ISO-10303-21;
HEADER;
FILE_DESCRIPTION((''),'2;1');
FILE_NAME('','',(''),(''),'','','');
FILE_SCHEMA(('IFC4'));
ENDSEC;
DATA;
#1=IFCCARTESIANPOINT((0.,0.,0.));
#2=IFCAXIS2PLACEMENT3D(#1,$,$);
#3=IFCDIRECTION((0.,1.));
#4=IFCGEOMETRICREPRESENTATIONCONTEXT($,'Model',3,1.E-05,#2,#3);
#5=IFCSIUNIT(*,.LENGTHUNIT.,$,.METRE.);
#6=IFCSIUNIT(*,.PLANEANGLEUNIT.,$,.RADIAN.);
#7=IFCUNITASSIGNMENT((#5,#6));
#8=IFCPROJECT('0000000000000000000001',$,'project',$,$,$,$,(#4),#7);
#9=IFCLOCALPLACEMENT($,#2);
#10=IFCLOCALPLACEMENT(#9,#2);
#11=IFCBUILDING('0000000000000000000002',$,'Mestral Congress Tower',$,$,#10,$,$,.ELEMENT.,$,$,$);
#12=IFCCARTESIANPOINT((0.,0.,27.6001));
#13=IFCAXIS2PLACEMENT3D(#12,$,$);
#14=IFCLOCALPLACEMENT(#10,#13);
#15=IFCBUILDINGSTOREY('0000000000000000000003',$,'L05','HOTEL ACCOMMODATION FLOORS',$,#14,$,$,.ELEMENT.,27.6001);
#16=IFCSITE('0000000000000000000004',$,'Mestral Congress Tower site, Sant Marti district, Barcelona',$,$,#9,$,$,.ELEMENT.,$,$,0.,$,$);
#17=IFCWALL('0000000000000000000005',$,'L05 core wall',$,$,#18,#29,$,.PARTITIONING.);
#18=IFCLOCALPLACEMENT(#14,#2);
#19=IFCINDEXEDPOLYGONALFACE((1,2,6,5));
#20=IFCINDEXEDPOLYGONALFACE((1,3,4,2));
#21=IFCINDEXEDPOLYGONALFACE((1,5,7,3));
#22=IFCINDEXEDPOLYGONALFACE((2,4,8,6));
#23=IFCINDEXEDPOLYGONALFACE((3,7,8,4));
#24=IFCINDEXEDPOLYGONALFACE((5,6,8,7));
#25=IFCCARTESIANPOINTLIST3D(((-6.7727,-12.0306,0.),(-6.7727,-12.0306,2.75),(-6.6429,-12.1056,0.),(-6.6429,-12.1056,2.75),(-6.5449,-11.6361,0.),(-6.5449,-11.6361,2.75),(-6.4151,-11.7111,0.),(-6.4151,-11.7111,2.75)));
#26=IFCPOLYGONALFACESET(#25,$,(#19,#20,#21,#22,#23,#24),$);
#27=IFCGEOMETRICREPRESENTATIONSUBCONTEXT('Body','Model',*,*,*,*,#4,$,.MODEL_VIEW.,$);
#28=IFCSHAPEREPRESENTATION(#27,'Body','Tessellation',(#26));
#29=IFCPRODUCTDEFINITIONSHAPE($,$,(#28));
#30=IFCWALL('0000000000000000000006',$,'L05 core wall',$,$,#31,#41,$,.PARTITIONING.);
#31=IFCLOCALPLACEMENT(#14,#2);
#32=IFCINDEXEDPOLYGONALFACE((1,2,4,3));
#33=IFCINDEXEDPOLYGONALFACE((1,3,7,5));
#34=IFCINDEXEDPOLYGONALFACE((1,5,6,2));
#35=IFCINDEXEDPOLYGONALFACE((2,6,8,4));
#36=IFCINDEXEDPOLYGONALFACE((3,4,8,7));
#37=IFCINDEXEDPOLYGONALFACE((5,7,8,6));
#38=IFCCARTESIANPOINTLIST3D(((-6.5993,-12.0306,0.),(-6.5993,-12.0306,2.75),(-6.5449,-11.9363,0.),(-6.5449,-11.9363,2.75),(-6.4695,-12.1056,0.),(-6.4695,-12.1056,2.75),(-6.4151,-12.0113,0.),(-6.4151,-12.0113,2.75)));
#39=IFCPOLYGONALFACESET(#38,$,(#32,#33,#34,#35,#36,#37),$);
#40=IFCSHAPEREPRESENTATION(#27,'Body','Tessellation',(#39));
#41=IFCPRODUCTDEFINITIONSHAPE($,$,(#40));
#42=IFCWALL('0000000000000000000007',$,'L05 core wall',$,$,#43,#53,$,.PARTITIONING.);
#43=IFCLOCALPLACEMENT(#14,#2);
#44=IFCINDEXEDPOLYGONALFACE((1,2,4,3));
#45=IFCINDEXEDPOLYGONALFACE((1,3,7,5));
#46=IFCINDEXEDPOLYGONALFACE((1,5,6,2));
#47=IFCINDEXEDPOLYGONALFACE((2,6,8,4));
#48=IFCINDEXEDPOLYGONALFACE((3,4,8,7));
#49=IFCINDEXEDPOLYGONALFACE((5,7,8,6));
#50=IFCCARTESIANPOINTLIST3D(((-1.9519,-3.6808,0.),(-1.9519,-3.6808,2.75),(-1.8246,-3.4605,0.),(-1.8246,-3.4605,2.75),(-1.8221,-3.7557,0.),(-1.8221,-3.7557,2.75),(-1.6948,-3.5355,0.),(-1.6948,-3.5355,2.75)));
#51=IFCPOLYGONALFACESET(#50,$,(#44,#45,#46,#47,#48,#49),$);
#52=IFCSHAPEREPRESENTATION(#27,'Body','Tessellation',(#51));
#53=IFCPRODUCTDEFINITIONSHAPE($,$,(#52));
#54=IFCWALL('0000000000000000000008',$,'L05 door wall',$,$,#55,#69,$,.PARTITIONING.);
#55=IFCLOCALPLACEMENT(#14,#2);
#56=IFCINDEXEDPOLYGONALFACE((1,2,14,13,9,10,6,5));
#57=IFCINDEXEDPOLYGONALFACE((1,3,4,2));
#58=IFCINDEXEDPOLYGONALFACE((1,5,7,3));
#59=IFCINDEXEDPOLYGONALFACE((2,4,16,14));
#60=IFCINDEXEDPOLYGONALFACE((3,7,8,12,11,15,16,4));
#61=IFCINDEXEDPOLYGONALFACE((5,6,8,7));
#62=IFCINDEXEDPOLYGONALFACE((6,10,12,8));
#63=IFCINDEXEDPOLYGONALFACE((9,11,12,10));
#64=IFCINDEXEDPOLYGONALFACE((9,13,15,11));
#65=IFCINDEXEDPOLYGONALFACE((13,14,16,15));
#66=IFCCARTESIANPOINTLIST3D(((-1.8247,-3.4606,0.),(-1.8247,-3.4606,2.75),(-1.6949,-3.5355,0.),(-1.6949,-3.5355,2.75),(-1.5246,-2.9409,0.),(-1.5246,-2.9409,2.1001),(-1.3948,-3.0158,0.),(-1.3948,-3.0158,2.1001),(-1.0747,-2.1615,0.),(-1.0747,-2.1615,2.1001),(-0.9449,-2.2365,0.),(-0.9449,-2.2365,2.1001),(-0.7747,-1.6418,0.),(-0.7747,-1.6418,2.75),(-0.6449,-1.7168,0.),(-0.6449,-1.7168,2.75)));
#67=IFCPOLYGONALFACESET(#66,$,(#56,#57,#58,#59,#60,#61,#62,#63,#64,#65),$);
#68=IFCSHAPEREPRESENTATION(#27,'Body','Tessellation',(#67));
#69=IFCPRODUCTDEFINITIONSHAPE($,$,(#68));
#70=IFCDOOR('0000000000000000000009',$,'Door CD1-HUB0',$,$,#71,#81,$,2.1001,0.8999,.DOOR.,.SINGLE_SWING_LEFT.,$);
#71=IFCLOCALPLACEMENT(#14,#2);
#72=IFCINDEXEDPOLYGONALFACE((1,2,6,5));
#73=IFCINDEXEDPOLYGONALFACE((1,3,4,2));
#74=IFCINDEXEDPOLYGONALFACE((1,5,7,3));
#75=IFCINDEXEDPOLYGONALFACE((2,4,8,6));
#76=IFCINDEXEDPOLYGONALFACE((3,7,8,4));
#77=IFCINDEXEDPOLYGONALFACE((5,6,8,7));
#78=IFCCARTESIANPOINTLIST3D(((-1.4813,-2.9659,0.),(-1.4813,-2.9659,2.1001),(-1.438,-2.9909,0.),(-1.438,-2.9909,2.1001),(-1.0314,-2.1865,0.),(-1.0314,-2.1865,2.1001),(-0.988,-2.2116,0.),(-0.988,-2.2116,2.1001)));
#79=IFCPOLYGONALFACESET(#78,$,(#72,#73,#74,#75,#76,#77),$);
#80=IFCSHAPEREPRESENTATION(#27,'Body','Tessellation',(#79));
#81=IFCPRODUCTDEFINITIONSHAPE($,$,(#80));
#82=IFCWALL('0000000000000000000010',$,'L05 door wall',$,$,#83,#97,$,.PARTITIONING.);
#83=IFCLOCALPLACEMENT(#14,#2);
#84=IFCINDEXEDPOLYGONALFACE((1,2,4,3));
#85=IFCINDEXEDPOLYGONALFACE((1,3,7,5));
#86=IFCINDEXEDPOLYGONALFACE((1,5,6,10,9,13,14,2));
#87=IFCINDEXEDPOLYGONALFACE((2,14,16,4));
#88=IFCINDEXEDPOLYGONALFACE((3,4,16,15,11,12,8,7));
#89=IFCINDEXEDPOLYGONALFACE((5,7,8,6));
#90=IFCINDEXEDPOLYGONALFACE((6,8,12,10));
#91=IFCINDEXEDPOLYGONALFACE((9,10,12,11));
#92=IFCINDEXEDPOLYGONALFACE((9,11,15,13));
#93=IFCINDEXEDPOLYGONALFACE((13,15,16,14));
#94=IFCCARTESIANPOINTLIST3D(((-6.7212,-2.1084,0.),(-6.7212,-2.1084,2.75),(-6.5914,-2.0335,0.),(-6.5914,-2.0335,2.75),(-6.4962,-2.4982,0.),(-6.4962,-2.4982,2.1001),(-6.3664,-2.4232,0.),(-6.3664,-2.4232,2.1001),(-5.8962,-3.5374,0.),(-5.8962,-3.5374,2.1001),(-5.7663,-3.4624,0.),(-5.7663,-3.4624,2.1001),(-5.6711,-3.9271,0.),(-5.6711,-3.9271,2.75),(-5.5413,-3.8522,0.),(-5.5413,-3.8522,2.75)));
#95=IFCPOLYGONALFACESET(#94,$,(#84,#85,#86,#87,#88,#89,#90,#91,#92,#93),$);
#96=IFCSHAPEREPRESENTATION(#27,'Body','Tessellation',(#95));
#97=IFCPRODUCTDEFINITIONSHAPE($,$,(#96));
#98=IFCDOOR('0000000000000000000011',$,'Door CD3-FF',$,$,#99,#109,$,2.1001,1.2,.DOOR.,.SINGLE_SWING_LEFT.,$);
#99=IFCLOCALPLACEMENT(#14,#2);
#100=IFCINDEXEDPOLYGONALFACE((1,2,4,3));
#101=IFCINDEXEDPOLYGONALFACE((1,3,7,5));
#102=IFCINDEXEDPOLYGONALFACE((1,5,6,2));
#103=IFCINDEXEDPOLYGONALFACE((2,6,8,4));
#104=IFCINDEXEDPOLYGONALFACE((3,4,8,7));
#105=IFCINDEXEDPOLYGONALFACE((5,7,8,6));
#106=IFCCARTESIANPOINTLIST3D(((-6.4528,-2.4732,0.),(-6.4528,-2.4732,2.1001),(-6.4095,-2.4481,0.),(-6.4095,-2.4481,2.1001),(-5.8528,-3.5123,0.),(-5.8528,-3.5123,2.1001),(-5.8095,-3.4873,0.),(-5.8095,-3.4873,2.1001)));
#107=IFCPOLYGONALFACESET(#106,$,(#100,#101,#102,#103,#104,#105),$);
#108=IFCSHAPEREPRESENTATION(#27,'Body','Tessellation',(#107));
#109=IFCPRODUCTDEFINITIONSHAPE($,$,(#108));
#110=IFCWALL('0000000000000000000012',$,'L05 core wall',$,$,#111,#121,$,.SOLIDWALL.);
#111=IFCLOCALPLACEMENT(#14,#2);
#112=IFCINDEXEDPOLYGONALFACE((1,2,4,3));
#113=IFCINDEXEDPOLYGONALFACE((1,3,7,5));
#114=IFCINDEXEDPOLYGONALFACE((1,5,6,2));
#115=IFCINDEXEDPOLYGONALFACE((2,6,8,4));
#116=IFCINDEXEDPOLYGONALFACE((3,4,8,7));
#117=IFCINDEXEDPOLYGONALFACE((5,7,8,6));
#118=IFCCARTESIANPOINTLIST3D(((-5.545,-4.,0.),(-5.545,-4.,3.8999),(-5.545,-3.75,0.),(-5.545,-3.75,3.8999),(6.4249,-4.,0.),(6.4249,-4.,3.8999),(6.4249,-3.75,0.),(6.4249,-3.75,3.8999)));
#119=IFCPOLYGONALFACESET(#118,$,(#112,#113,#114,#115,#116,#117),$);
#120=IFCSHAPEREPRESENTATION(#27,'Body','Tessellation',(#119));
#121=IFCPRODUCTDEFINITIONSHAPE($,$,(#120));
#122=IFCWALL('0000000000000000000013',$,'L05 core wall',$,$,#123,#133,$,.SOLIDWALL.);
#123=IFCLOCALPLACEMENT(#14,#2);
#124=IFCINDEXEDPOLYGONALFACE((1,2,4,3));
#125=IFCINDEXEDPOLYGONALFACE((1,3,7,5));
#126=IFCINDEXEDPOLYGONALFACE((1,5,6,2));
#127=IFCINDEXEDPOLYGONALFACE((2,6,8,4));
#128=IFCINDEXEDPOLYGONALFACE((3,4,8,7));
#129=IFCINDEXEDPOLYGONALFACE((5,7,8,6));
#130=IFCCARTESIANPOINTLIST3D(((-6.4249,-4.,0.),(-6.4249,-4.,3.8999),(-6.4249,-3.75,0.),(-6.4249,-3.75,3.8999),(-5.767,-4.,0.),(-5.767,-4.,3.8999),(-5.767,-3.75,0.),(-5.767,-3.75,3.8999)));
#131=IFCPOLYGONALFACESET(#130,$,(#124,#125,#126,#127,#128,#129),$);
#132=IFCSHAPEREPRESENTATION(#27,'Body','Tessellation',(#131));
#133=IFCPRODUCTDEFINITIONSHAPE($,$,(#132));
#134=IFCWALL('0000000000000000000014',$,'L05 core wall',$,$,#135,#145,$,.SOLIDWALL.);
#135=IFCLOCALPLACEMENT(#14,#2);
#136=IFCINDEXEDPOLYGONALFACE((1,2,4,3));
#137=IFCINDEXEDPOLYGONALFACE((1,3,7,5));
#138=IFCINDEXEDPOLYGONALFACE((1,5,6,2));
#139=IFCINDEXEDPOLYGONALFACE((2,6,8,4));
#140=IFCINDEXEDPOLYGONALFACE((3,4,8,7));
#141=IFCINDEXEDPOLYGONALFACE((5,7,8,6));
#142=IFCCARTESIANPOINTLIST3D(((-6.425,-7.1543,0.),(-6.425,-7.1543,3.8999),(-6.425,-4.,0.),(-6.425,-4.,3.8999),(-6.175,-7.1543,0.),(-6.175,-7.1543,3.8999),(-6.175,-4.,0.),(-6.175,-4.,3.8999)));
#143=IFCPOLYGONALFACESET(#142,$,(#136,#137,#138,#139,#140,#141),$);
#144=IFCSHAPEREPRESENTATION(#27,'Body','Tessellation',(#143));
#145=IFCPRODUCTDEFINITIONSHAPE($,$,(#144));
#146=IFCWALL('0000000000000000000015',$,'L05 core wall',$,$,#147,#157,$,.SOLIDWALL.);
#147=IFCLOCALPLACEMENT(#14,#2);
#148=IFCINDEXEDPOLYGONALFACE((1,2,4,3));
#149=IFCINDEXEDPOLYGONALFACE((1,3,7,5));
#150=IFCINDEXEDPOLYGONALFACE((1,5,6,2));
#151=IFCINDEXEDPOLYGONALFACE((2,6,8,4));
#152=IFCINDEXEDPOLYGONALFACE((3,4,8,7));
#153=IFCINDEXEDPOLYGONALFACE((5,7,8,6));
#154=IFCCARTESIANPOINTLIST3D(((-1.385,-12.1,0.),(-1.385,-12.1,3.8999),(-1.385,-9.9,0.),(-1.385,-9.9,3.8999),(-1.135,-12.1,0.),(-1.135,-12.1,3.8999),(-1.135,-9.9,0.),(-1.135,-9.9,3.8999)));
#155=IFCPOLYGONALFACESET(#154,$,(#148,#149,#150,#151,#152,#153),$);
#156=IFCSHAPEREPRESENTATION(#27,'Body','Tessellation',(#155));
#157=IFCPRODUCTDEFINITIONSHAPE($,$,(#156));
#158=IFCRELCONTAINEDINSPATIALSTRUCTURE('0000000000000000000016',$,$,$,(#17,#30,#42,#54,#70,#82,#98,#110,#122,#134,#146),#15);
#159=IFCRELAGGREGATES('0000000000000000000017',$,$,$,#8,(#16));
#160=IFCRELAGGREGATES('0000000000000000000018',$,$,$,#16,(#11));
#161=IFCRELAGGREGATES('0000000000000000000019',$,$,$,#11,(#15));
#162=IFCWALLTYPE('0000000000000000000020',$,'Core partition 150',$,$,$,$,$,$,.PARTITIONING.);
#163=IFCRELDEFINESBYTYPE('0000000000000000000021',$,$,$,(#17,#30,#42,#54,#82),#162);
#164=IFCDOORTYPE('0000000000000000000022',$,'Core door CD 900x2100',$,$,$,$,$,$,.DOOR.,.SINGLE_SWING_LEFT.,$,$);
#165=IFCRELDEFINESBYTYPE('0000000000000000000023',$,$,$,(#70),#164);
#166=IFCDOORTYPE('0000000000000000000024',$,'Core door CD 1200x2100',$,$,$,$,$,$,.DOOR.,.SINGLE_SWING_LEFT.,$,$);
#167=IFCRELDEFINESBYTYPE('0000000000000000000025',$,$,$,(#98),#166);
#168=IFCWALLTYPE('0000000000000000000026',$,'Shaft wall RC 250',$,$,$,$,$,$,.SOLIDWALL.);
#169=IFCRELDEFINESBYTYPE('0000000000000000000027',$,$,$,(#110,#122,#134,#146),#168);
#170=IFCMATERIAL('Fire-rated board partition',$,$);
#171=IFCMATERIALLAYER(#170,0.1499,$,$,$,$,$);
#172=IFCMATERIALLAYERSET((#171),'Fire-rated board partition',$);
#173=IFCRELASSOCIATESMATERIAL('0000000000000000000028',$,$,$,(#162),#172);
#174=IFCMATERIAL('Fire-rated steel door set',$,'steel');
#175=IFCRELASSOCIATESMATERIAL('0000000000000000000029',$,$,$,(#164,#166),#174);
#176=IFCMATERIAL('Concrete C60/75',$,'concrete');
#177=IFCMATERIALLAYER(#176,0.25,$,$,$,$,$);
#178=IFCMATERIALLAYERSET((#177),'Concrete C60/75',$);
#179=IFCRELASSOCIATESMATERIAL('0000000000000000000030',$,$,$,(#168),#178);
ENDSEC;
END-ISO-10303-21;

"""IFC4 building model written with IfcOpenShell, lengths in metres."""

from ifc_helpers import new_model, si_unit, direction, frame, frame_2d, origin, place, context, subcontext, project, spatial, rectangle, extrude, material, layer, layer_set, type_object, element, fill, save


model = new_model("IFC4")

# Units and contexts
model_context = context("Model", 3, precision=1e-05, world=origin(), true_north=direction((0.0, 1.0)))
body_context = subcontext(model_context, "Body", "Model", "MODEL_VIEW")
ifc_project = project(units=[si_unit("LENGTHUNIT", "METRE"), si_unit("PLANEANGLEUNIT", "RADIAN")], contexts=[model_context])

# Site, building, storey
site_placement = place(None, origin())
site = spatial("IfcSite", under=ifc_project, at=site_placement, Name="Mestral Congress Tower site, Sant Marti district, Barcelona", CompositionType="ELEMENT", RefElevation=0.0)
building_placement = place(site_placement, origin())
building = spatial("IfcBuilding", under=site, at=building_placement, Name="Mestral Congress Tower", CompositionType="ELEMENT")
storey_placement = place(building_placement, frame((0.0, 0.0, 27.6001)))
storey = spatial("IfcBuildingStorey", under=building, at=storey_placement, Name="L05", Description="HOTEL ACCOMMODATION FLOORS", CompositionType="ELEMENT", Elevation=27.6001)

# Walls
ifc_material_1 = material(Name="Fire-rated board partition")
ifc_layer_1 = layer(ifc_material_1, 0.1499)
ifc_layer_set_1 = layer_set([ifc_layer_1], Name="Fire-rated board partition")
wall_type_1 = type_object("IfcWallType", Name="Core partition 150", PredefinedType="PARTITIONING", material=ifc_layer_set_1)
wall_1_placement = place(storey_placement, frame((-6.7078, -12.0681, 0.0), z_axis=(0.0, 0.0, 1.0), x_axis=(0.500001, 0.866025, 0.0)))
element("IfcWall", 1, at=wall_1_placement, inside=storey, type_object=wall_type_1, Name="L05 core wall", PredefinedType="PARTITIONING", context=body_context, shape_type="SweptSolid", body=[
    extrude(rectangle(XDim=0.4556, YDim=0.1499, at=frame_2d((0.2278, 0.0))), origin(), (0.0, 0.0, 1.0), 2.75),
])
wall_2_placement = place(storey_placement, frame((-6.5344, -12.0681, 0.0), z_axis=(0.0, 0.0, 1.0), x_axis=(0.50024, 0.865887, 0.0)))
element("IfcWall", 2, at=wall_2_placement, inside=storey, type_object=wall_type_1, Name="L05 core wall", PredefinedType="PARTITIONING", context=body_context, shape_type="SweptSolid", body=[
    extrude(rectangle(XDim=0.1089, YDim=0.1499, at=frame_2d((0.0544, 0.0))), origin(), (0.0, 0.0, 1.0), 2.75),
])
wall_3_placement = place(storey_placement, frame((-1.887, -3.7183, 0.0), z_axis=(0.0, 0.0, 1.0), x_axis=(0.500166, 0.86593, 0.0)))
element("IfcWall", 3, at=wall_3_placement, inside=storey, type_object=wall_type_1, Name="L05 core wall", PredefinedType="PARTITIONING", context=body_context, shape_type="SweptSolid", body=[
    extrude(rectangle(XDim=0.2544, YDim=0.1499, at=frame_2d((0.1272, 0.0))), origin(), (0.0, 0.0, 1.0), 2.75),
])

# Walls, openings, doors
wall_4_placement = place(storey_placement, frame((-1.7598, -3.498, 0.0), z_axis=(0.0, 0.0, 1.0), x_axis=(0.499977, 0.866038, 0.0)))
wall_4 = element("IfcWall", 4, at=wall_4_placement, inside=storey, type_object=wall_type_1, Name="L05 door wall", PredefinedType="PARTITIONING", context=body_context, shape_type="SweptSolid", body=[
    extrude(rectangle(XDim=2.1001, YDim=0.1499, at=frame_2d((1.05, 0.0))), origin(), (0.0, 0.0, 1.0), 2.75),
])
opening_1_placement = place(wall_4_placement, frame((0.6001, 0.0, 0.0)))
opening_1 = element("IfcOpeningElement", 5, at=opening_1_placement, cuts=wall_4, PredefinedType="OPENING", context=body_context, shape_type="SweptSolid", body=[
    extrude(rectangle(XDim=0.8999, YDim=2.1001, at=frame_2d((0.45, 1.05))), frame((0.0, 0.085, 0.0), z_axis=(0.0, -1.0, 0.0), x_axis=(1.0, 0.0, 0.0)), (0.0, 0.0, 1.0), 0.1699),
])
ifc_material_2 = material(Name="Fire-rated steel door set", Category="steel")
door_type_1 = type_object("IfcDoorType", Name="Core door CD 900x2100", OperationType="SINGLE_SWING_LEFT", PredefinedType="DOOR", material=ifc_material_2)
door_1_placement = place(opening_1_placement, origin())
door_1 = element("IfcDoor", 6, at=door_1_placement, inside=storey, type_object=door_type_1, Name="Door CD1-HUB0", OperationType="SINGLE_SWING_LEFT", OverallHeight=2.1001, OverallWidth=0.8999, PredefinedType="DOOR", context=body_context, shape_type="SweptSolid", body=[
    extrude(rectangle(XDim=0.8999, YDim=2.1001, at=frame_2d((0.45, 1.05))), frame((0.0, 0.0249, 0.0), z_axis=(0.0, -1.0, 0.0), x_axis=(1.0, 0.0, 0.0)), (0.0, 0.0, 1.0), 0.05),
])
fill(opening_1, door_1)
wall_5_placement = place(storey_placement, frame((-5.6062, -3.8896, 0.0), z_axis=(0.0, 0.0, 1.0), x_axis=(-0.500028, 0.866009, 0.0)))
wall_5 = element("IfcWall", 7, at=wall_5_placement, inside=storey, type_object=wall_type_1, Name="L05 door wall", PredefinedType="PARTITIONING", context=body_context, shape_type="SweptSolid", body=[
    extrude(rectangle(XDim=2.1001, YDim=0.1499, at=frame_2d((1.05, 0.0))), origin(), (0.0, 0.0, 1.0), 2.75),
])
opening_2_placement = place(wall_5_placement, frame((0.45, 0.0, 0.0)))
opening_2 = element("IfcOpeningElement", 8, at=opening_2_placement, cuts=wall_5, PredefinedType="OPENING", context=body_context, shape_type="SweptSolid", body=[
    extrude(rectangle(XDim=1.2, YDim=2.1001, at=frame_2d((0.6001, 1.05))), frame((0.0, 0.085, 0.0), z_axis=(0.0, -1.0, 0.0), x_axis=(1.0, 0.0, 0.0)), (0.0, 0.0, 1.0), 0.1699),
])
door_type_2 = type_object("IfcDoorType", Name="Core door CD 1200x2100", OperationType="SINGLE_SWING_LEFT", PredefinedType="DOOR", material=ifc_material_2)
door_2_placement = place(opening_2_placement, origin())
door_2 = element("IfcDoor", 9, at=door_2_placement, inside=storey, type_object=door_type_2, Name="Door CD3-FF", OperationType="SINGLE_SWING_LEFT", OverallHeight=2.1001, OverallWidth=1.2, PredefinedType="DOOR", context=body_context, shape_type="SweptSolid", body=[
    extrude(rectangle(XDim=1.2, YDim=2.1001, at=frame_2d((0.6001, 1.05))), frame((0.0, 0.0249, 0.0), z_axis=(0.0, -1.0, 0.0), x_axis=(1.0, 0.0, 0.0)), (0.0, 0.0, 1.0), 0.05),
])
fill(opening_2, door_2)

# Walls
ifc_material_3 = material(Name="Concrete C60/75", Category="concrete")
ifc_layer_2 = layer(ifc_material_3, 0.25)
ifc_layer_set_2 = layer_set([ifc_layer_2], Name="Concrete C60/75")
wall_type_2 = type_object("IfcWallType", Name="Shaft wall RC 250", PredefinedType="SOLIDWALL", material=ifc_layer_set_2)
wall_6_placement = place(storey_placement, frame((-5.5449, -3.875, 0.0), z_axis=(0.0, 0.0, 1.0), x_axis=(1.0, 0.0, 0.0)))
element("IfcWall", 10, at=wall_6_placement, inside=storey, type_object=wall_type_2, Name="L05 core wall", PredefinedType="SOLIDWALL", context=body_context, shape_type="SweptSolid", body=[
    extrude(rectangle(XDim=11.97, YDim=0.25, at=frame_2d((5.9849, 0.0))), origin(), (0.0, 0.0, 1.0), 3.8999),
])
wall_7_placement = place(storey_placement, frame((-6.425, -3.875, 0.0), z_axis=(0.0, 0.0, 1.0), x_axis=(1.0, 0.0, 0.0)))
element("IfcWall", 11, at=wall_7_placement, inside=storey, type_object=wall_type_2, Name="L05 core wall", PredefinedType="SOLIDWALL", context=body_context, shape_type="SweptSolid", body=[
    extrude(rectangle(XDim=0.658, YDim=0.25, at=frame_2d((0.3291, 0.0))), origin(), (0.0, 0.0, 1.0), 3.8999),
])
wall_8_placement = place(storey_placement, frame((-6.3, -4.0, 0.0), z_axis=(0.0, 0.0, 1.0), x_axis=(0.0, -1.0, 0.0)))
element("IfcWall", 12, at=wall_8_placement, inside=storey, type_object=wall_type_2, Name="L05 core wall", PredefinedType="SOLIDWALL", context=body_context, shape_type="SweptSolid", body=[
    extrude(rectangle(XDim=3.1543, YDim=0.25, at=frame_2d((1.5771, 0.0))), origin(), (0.0, 0.0, 1.0), 3.8999),
])
wall_9_placement = place(storey_placement, frame((-1.26, -12.1001, 0.0), z_axis=(0.0, 0.0, 1.0), x_axis=(0.0, 1.0, 0.0)))
element("IfcWall", 13, at=wall_9_placement, inside=storey, type_object=wall_type_2, Name="L05 core wall", PredefinedType="SOLIDWALL", context=body_context, shape_type="SweptSolid", body=[
    extrude(rectangle(XDim=2.2, YDim=0.25, at=frame_2d((1.1001, 0.0))), origin(), (0.0, 0.0, 1.0), 3.8999),
])

save(model, "model.ifc")
